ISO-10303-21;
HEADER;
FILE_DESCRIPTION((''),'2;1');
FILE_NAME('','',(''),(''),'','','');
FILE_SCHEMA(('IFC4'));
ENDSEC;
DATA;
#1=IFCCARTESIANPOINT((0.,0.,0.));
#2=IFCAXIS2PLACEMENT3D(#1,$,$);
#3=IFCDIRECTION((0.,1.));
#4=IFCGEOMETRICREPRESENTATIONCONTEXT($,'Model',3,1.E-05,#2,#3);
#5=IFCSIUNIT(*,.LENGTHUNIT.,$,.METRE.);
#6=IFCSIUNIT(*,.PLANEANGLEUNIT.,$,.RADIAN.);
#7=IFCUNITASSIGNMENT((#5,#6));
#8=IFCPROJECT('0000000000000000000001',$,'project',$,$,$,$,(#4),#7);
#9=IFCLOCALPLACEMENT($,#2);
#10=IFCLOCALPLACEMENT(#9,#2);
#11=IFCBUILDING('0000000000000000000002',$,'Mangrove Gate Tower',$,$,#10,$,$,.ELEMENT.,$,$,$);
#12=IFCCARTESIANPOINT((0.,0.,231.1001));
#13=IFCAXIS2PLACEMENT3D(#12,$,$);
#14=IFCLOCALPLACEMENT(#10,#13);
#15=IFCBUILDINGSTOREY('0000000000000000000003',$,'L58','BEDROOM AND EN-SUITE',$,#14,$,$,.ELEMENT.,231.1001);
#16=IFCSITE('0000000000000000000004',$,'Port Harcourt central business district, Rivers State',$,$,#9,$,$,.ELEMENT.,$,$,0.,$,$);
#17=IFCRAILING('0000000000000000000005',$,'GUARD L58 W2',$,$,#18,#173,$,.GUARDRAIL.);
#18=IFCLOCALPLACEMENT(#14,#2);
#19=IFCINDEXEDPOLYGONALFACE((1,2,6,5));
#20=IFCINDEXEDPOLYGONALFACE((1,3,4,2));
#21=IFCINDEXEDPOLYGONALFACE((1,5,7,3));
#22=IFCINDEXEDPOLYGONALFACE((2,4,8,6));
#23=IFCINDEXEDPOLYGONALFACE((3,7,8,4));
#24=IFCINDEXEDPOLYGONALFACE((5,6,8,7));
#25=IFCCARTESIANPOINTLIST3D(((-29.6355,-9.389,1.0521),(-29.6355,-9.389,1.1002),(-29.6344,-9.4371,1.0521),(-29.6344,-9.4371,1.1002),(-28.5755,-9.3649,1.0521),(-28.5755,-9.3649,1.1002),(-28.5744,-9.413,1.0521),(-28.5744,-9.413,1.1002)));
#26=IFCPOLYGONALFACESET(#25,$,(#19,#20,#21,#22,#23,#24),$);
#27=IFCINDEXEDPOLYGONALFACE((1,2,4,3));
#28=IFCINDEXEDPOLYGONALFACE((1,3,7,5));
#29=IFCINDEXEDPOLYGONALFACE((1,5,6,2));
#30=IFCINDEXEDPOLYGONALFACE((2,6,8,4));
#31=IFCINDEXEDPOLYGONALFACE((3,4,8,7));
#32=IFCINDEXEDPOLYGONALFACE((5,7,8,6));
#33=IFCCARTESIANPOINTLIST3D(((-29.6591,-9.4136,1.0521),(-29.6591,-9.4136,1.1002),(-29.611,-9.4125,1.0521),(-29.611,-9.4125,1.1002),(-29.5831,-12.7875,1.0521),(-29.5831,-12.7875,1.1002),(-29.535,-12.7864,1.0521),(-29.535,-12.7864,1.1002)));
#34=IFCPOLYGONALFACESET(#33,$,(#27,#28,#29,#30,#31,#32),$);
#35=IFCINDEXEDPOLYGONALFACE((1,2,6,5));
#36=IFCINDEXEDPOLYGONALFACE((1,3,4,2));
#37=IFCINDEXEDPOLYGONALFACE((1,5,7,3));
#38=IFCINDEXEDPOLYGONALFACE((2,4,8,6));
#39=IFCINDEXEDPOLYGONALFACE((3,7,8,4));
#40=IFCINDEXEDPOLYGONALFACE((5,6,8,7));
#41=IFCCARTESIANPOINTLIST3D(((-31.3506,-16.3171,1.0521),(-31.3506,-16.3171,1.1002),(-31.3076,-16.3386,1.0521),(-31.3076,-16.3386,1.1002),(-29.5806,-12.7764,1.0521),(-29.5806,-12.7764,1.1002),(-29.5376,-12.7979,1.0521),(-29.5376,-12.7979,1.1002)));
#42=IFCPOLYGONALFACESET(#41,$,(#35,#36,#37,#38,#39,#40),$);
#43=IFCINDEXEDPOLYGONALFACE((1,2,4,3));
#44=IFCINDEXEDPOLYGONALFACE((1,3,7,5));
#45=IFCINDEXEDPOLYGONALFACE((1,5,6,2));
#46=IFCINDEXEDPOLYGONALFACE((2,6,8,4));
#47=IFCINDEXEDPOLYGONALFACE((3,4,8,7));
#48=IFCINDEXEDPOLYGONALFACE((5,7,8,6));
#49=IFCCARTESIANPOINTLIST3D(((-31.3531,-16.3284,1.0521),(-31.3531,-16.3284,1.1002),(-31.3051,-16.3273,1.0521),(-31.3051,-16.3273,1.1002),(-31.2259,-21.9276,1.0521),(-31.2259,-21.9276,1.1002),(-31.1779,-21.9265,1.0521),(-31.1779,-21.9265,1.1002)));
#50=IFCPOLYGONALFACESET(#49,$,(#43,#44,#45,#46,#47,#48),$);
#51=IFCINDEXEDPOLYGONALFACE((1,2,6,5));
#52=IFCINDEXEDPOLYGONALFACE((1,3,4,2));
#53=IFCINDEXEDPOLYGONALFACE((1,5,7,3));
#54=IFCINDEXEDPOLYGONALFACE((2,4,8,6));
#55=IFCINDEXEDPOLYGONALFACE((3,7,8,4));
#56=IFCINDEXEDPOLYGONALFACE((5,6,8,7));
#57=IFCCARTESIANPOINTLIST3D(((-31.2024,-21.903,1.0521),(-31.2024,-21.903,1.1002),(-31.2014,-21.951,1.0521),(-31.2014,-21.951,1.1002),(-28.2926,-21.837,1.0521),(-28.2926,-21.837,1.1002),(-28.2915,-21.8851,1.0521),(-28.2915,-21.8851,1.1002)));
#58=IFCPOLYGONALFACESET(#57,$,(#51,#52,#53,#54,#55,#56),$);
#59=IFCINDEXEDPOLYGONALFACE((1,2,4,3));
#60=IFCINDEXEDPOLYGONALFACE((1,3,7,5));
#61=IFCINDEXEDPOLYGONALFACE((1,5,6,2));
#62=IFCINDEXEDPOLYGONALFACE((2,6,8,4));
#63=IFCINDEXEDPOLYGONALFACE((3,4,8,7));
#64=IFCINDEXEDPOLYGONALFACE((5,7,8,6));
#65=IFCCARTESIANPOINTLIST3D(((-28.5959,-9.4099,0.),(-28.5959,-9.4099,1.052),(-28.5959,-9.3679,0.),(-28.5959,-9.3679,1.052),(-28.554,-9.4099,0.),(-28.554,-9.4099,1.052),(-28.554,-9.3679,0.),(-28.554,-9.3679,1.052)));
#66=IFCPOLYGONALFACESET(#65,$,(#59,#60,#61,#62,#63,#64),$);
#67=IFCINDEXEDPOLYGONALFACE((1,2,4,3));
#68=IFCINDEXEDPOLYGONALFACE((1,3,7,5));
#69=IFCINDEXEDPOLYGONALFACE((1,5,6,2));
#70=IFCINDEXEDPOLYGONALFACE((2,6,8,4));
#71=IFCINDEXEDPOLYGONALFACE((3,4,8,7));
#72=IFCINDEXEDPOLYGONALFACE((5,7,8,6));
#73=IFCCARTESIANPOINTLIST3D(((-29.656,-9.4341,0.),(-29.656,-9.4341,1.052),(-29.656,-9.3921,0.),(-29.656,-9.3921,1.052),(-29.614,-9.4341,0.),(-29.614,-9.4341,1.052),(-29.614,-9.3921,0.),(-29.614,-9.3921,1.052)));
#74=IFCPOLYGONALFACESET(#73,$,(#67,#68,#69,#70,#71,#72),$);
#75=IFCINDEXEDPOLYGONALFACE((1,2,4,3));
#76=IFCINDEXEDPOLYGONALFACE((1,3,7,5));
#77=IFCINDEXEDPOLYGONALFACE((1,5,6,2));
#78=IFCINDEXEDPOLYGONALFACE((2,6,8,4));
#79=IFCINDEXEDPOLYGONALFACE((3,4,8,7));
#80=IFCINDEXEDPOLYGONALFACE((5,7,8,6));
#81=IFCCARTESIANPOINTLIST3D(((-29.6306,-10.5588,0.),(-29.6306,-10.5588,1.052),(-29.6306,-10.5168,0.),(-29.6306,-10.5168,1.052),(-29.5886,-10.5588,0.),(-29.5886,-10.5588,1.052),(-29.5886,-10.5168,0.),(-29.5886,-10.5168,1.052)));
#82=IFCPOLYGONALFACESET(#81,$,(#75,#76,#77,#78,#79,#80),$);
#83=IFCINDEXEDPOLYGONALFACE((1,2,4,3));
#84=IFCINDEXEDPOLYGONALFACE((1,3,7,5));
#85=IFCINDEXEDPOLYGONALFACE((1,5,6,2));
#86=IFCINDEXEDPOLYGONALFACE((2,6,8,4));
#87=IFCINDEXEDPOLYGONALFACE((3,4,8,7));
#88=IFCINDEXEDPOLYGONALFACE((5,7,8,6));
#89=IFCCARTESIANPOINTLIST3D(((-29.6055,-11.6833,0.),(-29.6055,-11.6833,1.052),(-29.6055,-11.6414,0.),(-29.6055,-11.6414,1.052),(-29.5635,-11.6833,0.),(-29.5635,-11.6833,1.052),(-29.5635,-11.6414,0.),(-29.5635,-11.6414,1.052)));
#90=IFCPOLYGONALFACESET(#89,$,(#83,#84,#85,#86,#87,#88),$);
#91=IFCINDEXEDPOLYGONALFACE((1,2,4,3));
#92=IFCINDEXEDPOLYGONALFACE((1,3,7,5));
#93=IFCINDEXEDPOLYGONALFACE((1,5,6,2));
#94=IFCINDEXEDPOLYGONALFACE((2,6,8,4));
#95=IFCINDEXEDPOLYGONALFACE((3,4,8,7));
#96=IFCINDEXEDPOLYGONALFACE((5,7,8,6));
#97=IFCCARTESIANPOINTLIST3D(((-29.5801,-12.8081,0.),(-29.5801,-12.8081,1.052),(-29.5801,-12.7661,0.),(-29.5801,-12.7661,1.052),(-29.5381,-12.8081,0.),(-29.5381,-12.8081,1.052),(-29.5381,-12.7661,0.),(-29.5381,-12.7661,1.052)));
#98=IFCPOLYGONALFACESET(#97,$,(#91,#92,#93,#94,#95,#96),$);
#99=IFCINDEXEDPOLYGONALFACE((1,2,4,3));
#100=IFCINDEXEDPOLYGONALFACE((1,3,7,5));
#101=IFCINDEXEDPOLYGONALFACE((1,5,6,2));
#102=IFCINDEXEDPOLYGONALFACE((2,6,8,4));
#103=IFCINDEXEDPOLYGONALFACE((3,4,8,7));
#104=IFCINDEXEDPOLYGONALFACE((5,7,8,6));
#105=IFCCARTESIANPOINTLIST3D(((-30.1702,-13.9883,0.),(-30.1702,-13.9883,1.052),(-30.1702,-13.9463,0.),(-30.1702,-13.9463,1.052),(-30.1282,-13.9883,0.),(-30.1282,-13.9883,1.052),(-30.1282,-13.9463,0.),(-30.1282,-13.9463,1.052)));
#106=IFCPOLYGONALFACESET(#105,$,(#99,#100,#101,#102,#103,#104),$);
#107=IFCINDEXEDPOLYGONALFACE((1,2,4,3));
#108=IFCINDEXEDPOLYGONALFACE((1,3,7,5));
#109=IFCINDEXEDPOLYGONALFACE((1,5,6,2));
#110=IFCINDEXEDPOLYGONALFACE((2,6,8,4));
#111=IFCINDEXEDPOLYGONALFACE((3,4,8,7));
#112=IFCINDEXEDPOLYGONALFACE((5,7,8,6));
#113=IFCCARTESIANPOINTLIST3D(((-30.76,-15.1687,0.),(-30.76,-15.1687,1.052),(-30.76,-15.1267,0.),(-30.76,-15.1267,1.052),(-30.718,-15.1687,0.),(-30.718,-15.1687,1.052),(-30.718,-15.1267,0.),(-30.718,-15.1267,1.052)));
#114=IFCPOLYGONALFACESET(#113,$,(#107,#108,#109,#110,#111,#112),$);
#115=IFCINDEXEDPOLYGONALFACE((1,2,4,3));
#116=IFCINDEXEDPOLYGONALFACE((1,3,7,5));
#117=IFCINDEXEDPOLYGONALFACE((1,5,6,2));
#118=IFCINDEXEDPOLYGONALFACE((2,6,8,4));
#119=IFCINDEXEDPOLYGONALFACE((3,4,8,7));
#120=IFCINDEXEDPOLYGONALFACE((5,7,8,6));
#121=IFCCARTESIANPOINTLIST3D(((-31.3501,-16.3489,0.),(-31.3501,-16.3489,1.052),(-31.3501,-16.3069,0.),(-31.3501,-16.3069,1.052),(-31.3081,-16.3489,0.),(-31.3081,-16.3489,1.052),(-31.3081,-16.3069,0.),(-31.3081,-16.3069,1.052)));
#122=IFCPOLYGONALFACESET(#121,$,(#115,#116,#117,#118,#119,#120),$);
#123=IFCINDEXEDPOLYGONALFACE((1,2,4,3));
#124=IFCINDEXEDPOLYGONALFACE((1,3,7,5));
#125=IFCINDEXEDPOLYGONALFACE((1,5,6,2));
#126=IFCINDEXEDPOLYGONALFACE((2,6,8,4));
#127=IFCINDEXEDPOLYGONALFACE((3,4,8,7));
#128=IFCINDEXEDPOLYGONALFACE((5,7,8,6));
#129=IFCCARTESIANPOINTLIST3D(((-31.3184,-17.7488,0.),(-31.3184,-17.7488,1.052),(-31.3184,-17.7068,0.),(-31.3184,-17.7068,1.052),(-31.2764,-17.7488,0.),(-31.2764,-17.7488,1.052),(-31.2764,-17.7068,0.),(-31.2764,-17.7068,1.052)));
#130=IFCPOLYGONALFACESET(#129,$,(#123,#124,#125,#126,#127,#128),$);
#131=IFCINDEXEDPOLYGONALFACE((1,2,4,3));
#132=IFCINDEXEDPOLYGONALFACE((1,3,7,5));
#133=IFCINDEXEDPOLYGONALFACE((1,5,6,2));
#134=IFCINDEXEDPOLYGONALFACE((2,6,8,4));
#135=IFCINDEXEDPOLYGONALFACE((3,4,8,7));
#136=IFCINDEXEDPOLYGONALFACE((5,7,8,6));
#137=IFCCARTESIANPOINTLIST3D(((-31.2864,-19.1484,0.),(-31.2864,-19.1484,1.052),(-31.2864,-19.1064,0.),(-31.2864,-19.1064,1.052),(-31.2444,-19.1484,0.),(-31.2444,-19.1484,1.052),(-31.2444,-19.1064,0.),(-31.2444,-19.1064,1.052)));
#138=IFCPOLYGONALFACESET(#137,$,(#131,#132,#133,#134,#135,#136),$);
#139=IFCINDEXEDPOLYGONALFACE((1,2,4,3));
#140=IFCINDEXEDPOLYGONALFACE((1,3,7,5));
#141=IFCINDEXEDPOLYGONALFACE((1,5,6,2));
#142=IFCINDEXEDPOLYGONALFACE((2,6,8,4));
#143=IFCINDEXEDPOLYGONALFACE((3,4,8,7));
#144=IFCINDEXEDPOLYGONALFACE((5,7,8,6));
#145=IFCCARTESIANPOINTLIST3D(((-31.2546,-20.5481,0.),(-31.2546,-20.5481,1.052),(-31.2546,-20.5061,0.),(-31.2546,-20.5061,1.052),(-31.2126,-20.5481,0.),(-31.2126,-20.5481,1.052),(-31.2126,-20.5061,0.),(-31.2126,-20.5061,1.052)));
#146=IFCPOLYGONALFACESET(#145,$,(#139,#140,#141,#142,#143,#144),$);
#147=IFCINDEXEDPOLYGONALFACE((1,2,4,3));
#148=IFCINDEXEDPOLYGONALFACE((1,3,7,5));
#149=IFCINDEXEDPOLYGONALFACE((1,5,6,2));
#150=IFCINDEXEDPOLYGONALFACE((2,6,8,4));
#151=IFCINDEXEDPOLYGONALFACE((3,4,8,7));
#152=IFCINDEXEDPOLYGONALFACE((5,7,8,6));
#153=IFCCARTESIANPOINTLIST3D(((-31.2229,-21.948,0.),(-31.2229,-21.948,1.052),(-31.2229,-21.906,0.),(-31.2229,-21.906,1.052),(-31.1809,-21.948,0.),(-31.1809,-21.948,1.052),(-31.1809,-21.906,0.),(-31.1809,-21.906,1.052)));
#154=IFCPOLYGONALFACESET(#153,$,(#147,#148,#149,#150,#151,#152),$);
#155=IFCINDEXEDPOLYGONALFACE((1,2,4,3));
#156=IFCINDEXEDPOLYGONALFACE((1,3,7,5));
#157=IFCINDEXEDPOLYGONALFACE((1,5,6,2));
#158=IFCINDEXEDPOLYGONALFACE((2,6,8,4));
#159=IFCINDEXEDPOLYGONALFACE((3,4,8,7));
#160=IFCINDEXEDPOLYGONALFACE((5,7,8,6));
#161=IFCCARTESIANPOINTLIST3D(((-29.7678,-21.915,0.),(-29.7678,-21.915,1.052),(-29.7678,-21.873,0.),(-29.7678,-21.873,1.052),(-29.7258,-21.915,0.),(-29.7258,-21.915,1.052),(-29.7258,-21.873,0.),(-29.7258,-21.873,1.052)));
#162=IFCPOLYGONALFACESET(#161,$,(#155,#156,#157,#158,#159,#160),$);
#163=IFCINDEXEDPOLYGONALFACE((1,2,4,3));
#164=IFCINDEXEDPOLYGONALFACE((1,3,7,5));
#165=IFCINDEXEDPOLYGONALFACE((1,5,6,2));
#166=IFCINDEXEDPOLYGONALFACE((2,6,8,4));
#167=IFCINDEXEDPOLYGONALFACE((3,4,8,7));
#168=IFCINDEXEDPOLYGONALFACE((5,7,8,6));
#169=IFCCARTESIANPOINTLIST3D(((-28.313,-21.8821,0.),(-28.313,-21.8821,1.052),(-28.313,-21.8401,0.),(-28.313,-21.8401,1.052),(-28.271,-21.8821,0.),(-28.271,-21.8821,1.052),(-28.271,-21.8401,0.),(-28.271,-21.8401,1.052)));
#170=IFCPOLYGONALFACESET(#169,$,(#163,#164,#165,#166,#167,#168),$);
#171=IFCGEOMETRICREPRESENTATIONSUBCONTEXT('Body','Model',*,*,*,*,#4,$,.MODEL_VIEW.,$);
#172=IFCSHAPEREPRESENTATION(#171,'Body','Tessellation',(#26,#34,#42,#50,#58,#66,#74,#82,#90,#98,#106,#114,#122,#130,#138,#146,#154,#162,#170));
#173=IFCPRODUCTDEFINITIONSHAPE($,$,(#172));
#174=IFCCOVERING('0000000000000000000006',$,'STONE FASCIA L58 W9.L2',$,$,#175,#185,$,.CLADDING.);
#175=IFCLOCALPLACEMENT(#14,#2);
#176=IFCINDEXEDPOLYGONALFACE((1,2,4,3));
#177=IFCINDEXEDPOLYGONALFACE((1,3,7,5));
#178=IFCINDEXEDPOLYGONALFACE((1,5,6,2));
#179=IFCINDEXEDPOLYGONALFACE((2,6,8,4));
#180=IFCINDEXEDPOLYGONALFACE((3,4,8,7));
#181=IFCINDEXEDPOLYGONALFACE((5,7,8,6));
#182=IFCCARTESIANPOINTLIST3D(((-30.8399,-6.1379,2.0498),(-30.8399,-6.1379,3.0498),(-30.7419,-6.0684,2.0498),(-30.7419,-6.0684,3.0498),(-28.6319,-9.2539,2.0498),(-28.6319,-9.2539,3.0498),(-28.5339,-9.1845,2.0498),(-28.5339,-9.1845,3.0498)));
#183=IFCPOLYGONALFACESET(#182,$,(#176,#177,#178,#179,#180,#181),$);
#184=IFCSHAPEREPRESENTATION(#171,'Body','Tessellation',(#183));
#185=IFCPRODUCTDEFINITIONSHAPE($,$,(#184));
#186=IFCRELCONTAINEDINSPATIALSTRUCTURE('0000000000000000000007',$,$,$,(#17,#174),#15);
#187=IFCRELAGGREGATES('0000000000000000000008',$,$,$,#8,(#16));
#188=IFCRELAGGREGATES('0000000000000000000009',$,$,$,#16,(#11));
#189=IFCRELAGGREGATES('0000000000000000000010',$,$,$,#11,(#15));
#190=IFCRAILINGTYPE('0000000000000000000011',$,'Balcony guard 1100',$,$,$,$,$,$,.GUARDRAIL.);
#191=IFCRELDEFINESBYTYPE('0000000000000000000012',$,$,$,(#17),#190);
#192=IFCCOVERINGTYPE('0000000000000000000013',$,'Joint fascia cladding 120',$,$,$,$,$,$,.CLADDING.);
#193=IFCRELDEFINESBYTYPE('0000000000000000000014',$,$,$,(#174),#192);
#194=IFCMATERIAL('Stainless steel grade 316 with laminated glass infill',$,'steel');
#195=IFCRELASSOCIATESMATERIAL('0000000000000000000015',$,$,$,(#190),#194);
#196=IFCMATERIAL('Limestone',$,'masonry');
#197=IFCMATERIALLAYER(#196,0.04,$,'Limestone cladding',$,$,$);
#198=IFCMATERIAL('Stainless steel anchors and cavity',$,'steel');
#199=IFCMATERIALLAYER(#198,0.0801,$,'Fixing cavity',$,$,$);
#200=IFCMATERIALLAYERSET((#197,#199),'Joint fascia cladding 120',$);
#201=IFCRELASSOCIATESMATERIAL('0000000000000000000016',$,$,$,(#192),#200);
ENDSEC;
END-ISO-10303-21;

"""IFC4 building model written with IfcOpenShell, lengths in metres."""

from ifc_helpers import new_model, si_unit, direction, frame, frame_2d, origin, origin_2d, place, context, subcontext, project, spatial, rectangle, extrude, material, layer, layer_set, type_object, element, save


model = new_model("IFC4")

# Units and contexts
model_context = context("Model", 3, precision=1e-05, world=origin(), true_north=direction((0.0, 1.0)))
body_context = subcontext(model_context, "Body", "Model", "MODEL_VIEW")
ifc_project = project(units=[si_unit("LENGTHUNIT", "METRE"), si_unit("PLANEANGLEUNIT", "RADIAN")], contexts=[model_context])

# Site, building, storey
site_placement = place(None, origin())
site = spatial("IfcSite", under=ifc_project, at=site_placement, Name="Port Harcourt central business district, Rivers State", CompositionType="ELEMENT", RefElevation=0.0)
building_placement = place(site_placement, origin())
building = spatial("IfcBuilding", under=site, at=building_placement, Name="Mangrove Gate Tower", CompositionType="ELEMENT")
storey_placement = place(building_placement, frame((0.0, 0.0, 231.1001)))
storey = spatial("IfcBuildingStorey", under=building, at=storey_placement, Name="L58", Description="BEDROOM AND EN-SUITE", CompositionType="ELEMENT", Elevation=231.1001)

# Shared definitions
ifc_material_1 = material(Name="Limestone", Category="masonry")

# Railing
ifc_material_2 = material(Name="Stainless steel grade 316 with laminated glass infill", Category="steel")
railing_type = type_object("IfcRailingType", Name="Balcony guard 1100", PredefinedType="GUARDRAIL", material=ifc_material_2)
railing_placement = place(storey_placement, frame((-28.575, -9.3889, 0.0)))
element("IfcRailing", 1, at=railing_placement, inside=storey, type_object=railing_type, Name="GUARD L58 W2", PredefinedType="GUARDRAIL", context=body_context, shape_type="SweptSolid", body=[
    extrude(rectangle(XDim=0.0481, YDim=0.0481, at=origin_2d()), frame((0.0, 0.0, 1.0762), z_axis=(-0.99974, -0.022795, 0.0), x_axis=(0.022795, -0.99974, 0.0)), (0.0, 0.0, 1.0), 1.0603),
    extrude(rectangle(XDim=0.0481, YDim=0.0481, at=origin_2d()), frame((-1.0601, -0.0242, 1.0762), z_axis=(0.022498, -0.999747, 0.0), x_axis=(0.999747, 0.022498, 0.0)), (0.0, 0.0, 1.0), 3.3748),
    extrude(rectangle(XDim=0.0481, YDim=0.0481, at=origin_2d()), frame((-0.9841, -3.3982, 1.0762), z_axis=(-0.44714, -0.894464, 0.0), x_axis=(0.894464, -0.44714, 0.0)), (0.0, 0.0, 1.0), 3.9585),
    extrude(rectangle(XDim=0.0481, YDim=0.0481, at=origin_2d()), frame((-2.7542, -6.939, 1.0762), z_axis=(0.022712, -0.999742, 0.0), x_axis=(0.999742, 0.022712, 0.0)), (0.0, 0.0, 1.0), 5.6006),
    extrude(rectangle(XDim=0.0481, YDim=0.0481, at=origin_2d()), frame((-2.627, -12.5381, 1.0762), z_axis=(0.999744, 0.022647, 0.0), x_axis=(-0.022647, 0.999744, 0.0)), (0.0, 0.0, 1.0), 2.9106),
    extrude(rectangle(XDim=0.042, YDim=0.042, at=origin_2d()), origin(), (0.0, 0.0, 1.0), 1.052),
    extrude(rectangle(XDim=0.042, YDim=0.042, at=origin_2d()), frame((-1.0601, -0.0242, 0.0)), (0.0, 0.0, 1.0), 1.052),
    extrude(rectangle(XDim=0.042, YDim=0.042, at=origin_2d()), frame((-1.0347, -1.1489, 0.0)), (0.0, 0.0, 1.0), 1.052),
    extrude(rectangle(XDim=0.042, YDim=0.042, at=origin_2d()), frame((-1.0095, -2.2734, 0.0)), (0.0, 0.0, 1.0), 1.052),
    extrude(rectangle(XDim=0.042, YDim=0.042, at=origin_2d()), frame((-0.9841, -3.3982, 0.0)), (0.0, 0.0, 1.0), 1.052),
    extrude(rectangle(XDim=0.042, YDim=0.042, at=origin_2d()), frame((-1.5742, -4.5784, 0.0)), (0.0, 0.0, 1.0), 1.052),
    extrude(rectangle(XDim=0.042, YDim=0.042, at=origin_2d()), frame((-2.1641, -5.7588, 0.0)), (0.0, 0.0, 1.0), 1.052),
    extrude(rectangle(XDim=0.042, YDim=0.042, at=origin_2d()), frame((-2.7542, -6.939, 0.0)), (0.0, 0.0, 1.0), 1.052),
    extrude(rectangle(XDim=0.042, YDim=0.042, at=origin_2d()), frame((-2.7224, -8.3389, 0.0)), (0.0, 0.0, 1.0), 1.052),
    extrude(rectangle(XDim=0.042, YDim=0.042, at=origin_2d()), frame((-2.6904, -9.7385, 0.0)), (0.0, 0.0, 1.0), 1.052),
    extrude(rectangle(XDim=0.042, YDim=0.042, at=origin_2d()), frame((-2.6587, -11.1382, 0.0)), (0.0, 0.0, 1.0), 1.052),
    extrude(rectangle(XDim=0.042, YDim=0.042, at=origin_2d()), frame((-2.627, -12.5381, 0.0)), (0.0, 0.0, 1.0), 1.052),
    extrude(rectangle(XDim=0.042, YDim=0.042, at=origin_2d()), frame((-1.1719, -12.5051, 0.0)), (0.0, 0.0, 1.0), 1.052),
    extrude(rectangle(XDim=0.042, YDim=0.042, at=origin_2d()), frame((0.283, -12.4722, 0.0)), (0.0, 0.0, 1.0), 1.052),
])

# Covering
ifc_layer_1 = layer(ifc_material_1, 0.04, Name="Limestone cladding")
ifc_material_3 = material(Name="Stainless steel anchors and cavity", Category="steel")
ifc_layer_2 = layer(ifc_material_3, 0.0801, Name="Fixing cavity")
ifc_layer_set_1 = layer_set([ifc_layer_1, ifc_layer_2], Name="Joint fascia cladding 120")
covering_type = type_object("IfcCoveringType", Name="Joint fascia cladding 120", PredefinedType="CLADDING", material=ifc_layer_set_1)
covering_placement = place(storey_placement, frame((-30.791, -6.103, 2.0498), z_axis=(0.0, 0.0, 1.0), x_axis=(0.578168, -0.815918, 0.0)))
element("IfcCovering", 2, at=covering_placement, inside=storey, type_object=covering_type, Name="STONE FASCIA L58 W9.L2", PredefinedType="CLADDING", context=body_context, shape_type="SweptSolid", body=[
    extrude(rectangle(XDim=3.8191, YDim=0.1201, at=frame_2d((1.9097, 0.0))), origin(), (0.0, 0.0, 1.0), 1.0),
])

save(model, "model.ifc")
